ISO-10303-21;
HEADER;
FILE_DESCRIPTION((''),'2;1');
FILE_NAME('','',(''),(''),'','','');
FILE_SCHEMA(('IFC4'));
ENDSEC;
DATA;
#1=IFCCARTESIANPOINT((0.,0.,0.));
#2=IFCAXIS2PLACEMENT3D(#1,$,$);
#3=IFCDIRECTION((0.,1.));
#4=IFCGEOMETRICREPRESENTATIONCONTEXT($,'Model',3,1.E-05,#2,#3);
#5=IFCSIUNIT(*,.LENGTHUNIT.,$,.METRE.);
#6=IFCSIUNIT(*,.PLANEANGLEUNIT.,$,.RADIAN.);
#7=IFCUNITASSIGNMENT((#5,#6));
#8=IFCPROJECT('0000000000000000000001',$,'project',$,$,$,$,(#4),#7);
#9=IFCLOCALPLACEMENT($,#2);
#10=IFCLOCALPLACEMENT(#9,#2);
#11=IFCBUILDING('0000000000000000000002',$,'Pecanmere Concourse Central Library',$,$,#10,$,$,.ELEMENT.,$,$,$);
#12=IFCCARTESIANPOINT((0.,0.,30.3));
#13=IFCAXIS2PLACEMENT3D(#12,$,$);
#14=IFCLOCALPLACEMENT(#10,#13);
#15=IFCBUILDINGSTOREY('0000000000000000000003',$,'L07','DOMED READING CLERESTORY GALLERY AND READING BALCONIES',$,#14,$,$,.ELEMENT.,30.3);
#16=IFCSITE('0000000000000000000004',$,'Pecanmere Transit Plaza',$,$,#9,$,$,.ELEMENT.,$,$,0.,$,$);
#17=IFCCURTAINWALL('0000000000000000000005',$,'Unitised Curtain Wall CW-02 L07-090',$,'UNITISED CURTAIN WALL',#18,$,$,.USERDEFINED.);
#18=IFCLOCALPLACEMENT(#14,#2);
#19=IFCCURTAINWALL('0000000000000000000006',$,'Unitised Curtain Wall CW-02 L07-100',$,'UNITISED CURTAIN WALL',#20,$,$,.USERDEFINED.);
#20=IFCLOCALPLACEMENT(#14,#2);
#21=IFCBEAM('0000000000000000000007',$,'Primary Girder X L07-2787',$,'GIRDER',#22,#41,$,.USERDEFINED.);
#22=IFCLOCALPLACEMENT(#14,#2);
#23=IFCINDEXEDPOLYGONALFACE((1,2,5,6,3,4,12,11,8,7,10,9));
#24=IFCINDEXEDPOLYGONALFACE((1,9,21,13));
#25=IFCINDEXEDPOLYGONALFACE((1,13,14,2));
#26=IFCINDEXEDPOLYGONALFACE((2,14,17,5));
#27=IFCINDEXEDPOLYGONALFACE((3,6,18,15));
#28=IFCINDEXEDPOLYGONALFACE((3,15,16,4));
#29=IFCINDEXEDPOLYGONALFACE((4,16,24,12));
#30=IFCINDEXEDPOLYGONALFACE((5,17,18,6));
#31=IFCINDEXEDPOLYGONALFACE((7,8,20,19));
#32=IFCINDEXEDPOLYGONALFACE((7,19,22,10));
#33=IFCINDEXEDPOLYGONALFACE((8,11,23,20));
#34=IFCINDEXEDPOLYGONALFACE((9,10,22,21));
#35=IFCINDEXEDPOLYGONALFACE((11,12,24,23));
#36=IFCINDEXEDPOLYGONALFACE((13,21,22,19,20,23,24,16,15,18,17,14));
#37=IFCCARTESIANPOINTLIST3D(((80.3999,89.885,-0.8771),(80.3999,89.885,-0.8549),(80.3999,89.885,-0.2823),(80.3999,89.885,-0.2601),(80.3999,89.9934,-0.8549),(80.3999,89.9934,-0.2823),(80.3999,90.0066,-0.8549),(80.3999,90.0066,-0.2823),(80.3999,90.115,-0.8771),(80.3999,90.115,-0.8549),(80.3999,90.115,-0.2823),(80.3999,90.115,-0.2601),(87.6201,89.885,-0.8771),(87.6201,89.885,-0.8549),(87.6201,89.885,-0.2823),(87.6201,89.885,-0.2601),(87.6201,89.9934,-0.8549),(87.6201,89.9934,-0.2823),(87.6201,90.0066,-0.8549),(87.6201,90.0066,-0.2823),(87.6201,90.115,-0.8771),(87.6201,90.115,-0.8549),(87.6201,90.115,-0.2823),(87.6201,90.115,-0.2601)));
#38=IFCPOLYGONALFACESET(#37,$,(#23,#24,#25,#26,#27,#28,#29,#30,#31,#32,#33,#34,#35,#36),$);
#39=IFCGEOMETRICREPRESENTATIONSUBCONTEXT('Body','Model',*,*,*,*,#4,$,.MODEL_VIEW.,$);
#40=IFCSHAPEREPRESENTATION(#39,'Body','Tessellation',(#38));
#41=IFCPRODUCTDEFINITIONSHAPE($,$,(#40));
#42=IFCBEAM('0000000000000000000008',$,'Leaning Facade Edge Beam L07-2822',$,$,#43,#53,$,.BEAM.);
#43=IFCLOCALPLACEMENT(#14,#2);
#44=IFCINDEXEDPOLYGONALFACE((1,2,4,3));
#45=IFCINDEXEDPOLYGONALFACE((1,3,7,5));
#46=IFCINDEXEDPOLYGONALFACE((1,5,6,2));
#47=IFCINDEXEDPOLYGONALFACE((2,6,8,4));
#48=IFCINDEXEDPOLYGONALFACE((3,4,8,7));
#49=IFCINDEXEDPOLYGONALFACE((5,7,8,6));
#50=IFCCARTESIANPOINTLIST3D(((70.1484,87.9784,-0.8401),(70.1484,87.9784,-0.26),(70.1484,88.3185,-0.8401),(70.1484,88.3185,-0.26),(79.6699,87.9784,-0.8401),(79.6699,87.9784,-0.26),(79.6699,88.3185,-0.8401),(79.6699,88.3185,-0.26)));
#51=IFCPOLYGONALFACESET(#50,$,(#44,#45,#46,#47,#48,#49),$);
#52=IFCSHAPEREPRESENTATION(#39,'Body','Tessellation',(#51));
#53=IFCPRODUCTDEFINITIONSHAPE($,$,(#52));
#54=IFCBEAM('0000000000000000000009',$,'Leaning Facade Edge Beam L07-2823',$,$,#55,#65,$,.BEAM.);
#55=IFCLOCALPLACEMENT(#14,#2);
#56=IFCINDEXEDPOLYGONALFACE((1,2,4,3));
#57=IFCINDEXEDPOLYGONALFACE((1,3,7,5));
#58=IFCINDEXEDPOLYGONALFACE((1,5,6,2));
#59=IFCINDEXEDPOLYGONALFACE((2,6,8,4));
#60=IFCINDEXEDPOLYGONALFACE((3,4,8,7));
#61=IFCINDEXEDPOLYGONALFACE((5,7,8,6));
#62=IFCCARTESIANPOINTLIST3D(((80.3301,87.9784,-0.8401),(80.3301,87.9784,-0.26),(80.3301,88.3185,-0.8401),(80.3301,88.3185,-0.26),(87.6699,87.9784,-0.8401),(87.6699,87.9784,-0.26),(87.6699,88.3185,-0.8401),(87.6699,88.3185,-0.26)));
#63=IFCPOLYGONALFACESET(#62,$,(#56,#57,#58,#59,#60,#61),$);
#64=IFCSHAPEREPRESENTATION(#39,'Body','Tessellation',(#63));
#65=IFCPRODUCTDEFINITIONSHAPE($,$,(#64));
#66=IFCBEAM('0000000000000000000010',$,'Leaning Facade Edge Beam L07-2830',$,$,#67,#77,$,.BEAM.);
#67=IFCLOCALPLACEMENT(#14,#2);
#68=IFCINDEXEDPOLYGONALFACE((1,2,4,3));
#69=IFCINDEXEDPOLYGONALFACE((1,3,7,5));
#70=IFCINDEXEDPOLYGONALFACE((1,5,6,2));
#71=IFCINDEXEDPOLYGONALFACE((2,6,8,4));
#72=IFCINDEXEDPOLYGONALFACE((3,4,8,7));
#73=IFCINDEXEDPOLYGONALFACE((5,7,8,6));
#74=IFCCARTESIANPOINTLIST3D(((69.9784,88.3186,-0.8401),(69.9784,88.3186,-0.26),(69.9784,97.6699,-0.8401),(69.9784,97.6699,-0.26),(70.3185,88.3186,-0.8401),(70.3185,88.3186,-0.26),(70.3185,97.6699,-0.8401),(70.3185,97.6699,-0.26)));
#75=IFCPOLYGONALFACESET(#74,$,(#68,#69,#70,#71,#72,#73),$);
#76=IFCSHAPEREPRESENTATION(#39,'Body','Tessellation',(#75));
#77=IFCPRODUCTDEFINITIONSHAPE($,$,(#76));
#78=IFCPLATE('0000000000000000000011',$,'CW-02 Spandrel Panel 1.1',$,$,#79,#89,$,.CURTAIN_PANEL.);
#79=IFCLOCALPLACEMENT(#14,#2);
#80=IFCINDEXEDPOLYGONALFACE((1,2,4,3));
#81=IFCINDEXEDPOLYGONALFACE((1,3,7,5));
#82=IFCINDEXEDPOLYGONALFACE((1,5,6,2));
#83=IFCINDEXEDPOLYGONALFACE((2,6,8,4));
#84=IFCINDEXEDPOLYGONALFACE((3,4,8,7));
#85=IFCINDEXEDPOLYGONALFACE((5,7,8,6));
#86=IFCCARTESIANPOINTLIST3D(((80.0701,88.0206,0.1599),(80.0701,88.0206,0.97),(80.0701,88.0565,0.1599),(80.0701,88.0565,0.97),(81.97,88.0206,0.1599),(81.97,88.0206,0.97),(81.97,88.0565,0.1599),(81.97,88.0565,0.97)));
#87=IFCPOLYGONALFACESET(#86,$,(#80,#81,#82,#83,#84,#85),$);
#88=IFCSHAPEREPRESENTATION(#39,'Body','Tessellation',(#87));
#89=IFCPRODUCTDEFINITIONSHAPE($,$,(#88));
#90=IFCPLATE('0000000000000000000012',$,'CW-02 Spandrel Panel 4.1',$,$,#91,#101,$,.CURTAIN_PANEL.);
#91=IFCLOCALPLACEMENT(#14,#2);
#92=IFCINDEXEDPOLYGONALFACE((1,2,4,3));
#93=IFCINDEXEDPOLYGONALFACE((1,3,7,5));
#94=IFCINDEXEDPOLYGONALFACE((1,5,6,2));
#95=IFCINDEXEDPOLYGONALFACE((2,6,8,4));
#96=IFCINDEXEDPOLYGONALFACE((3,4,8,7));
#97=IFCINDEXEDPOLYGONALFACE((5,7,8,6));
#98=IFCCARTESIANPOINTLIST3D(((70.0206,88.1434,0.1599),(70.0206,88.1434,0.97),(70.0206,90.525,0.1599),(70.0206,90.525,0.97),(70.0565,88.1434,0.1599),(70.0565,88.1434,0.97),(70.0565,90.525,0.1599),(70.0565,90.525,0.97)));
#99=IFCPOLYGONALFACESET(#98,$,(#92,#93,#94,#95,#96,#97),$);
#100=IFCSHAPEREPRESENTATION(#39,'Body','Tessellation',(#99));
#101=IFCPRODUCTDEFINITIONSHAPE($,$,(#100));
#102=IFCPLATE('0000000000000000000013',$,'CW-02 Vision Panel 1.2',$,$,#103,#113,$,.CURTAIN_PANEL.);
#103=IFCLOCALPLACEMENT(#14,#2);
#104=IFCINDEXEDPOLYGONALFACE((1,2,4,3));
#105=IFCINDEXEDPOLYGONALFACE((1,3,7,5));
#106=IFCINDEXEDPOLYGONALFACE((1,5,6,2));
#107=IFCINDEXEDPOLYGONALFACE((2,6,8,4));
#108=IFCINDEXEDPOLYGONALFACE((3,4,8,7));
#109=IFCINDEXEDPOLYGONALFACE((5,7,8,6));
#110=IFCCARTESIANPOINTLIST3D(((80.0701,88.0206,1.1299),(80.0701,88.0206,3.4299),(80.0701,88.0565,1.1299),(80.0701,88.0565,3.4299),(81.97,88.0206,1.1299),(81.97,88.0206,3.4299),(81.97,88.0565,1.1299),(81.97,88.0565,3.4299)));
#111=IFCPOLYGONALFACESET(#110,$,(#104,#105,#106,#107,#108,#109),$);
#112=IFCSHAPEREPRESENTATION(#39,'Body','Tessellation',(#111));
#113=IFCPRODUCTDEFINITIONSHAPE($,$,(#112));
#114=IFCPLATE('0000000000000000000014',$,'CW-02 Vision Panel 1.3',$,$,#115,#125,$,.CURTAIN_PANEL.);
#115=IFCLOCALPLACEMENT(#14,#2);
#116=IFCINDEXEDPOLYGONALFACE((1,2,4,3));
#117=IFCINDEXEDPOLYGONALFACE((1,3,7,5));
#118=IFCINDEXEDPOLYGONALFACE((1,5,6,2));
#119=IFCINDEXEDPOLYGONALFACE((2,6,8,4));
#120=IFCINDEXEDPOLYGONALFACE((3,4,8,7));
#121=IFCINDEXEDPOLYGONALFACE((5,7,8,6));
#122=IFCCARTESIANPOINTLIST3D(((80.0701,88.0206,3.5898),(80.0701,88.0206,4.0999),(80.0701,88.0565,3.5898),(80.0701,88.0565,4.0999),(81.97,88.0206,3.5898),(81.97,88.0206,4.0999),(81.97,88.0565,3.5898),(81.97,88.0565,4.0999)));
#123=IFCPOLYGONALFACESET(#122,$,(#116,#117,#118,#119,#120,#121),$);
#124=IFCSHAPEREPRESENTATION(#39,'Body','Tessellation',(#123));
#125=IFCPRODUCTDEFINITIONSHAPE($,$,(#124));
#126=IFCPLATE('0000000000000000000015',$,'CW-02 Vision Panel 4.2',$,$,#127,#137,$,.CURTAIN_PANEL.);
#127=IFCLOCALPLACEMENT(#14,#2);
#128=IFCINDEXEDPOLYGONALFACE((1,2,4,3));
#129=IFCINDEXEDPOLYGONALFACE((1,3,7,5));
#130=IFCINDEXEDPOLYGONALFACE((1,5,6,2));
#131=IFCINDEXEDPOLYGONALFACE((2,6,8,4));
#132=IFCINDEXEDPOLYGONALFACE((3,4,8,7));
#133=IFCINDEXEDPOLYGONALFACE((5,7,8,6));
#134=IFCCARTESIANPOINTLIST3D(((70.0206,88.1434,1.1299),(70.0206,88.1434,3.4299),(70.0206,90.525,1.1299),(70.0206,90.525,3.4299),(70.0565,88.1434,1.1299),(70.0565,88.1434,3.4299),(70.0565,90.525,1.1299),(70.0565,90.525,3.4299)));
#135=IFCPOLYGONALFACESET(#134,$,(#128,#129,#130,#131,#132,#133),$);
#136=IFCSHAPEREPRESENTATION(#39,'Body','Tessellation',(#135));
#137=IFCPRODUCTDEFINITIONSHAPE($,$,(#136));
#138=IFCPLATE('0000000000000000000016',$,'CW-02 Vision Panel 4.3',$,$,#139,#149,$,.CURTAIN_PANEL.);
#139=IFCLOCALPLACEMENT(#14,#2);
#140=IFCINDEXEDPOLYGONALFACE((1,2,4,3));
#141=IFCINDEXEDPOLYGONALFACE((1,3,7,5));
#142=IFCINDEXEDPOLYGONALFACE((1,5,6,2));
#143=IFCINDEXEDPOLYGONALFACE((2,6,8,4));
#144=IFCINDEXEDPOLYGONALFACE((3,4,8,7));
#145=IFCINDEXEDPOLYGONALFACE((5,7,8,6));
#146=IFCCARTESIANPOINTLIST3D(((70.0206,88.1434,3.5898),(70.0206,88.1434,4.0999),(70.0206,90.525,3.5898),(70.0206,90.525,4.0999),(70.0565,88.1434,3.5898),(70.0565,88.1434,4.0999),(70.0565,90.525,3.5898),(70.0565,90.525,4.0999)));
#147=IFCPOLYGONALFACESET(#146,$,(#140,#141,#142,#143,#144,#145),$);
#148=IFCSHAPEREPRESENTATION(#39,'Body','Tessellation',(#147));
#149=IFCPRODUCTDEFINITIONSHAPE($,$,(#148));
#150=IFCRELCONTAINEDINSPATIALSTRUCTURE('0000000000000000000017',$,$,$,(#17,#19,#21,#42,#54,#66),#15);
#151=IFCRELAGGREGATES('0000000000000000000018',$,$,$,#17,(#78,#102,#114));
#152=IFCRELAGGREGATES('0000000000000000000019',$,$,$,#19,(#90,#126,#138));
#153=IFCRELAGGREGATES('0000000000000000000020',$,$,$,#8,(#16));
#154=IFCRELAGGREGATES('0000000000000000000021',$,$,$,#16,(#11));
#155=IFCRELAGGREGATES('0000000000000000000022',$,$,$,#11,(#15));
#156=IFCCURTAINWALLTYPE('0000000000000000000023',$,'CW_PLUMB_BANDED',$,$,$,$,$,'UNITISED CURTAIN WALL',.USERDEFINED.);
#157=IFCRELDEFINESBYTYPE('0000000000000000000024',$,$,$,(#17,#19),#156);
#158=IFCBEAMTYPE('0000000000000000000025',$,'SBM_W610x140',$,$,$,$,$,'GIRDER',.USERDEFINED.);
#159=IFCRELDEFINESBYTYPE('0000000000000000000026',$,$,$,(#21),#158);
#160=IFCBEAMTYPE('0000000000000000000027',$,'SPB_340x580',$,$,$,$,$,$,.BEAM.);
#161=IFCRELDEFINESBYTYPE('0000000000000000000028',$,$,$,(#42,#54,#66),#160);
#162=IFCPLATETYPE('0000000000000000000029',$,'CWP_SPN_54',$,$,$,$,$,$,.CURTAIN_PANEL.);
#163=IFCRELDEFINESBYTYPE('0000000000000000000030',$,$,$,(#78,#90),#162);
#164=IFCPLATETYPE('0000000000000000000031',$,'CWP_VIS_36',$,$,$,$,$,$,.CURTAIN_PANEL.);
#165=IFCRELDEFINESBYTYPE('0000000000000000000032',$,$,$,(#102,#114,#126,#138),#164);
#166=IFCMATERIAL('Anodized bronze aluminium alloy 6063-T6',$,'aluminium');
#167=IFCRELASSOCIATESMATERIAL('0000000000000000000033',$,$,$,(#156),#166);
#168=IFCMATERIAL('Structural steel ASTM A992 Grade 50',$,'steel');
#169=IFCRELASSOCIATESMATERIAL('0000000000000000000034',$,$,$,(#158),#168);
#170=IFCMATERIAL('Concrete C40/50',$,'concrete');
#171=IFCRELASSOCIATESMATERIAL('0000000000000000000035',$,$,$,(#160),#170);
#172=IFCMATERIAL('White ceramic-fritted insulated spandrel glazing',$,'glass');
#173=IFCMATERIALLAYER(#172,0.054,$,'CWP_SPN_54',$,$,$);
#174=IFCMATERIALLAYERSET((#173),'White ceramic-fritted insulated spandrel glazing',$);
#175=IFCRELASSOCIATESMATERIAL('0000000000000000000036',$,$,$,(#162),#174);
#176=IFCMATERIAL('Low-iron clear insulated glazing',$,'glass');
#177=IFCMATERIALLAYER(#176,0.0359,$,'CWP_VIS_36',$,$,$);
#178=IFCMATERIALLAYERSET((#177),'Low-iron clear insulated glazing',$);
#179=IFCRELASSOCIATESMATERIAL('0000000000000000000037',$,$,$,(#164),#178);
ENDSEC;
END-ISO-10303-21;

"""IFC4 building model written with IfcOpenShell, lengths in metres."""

from ifc_helpers import new_model, si_unit, direction, frame, origin, origin_2d, place, context, subcontext, project, spatial, rectangle, i_section, extrude, material, layer, layer_set, material_profile, profile_set, type_object, element, aggregate, save


model = new_model("IFC4")

# Units and contexts
model_context = context("Model", 3, precision=1e-05, world=origin(), true_north=direction((0.0, 1.0)))
body_context = subcontext(model_context, "Body", "Model", "MODEL_VIEW")
ifc_project = project(units=[si_unit("LENGTHUNIT", "METRE"), si_unit("PLANEANGLEUNIT", "RADIAN")], contexts=[model_context])

# Site, building, storey
site_placement = place(None, origin())
site = spatial("IfcSite", under=ifc_project, at=site_placement, Name="Pecanmere Transit Plaza", CompositionType="ELEMENT", RefElevation=0.0)
building_placement = place(site_placement, origin())
building = spatial("IfcBuilding", under=site, at=building_placement, Name="Pecanmere Concourse Central Library", CompositionType="ELEMENT")
storey_placement = place(building_placement, frame((0.0, 0.0, 30.3)))
storey = spatial("IfcBuildingStorey", under=building, at=storey_placement, Name="L07", Description="DOMED READING CLERESTORY GALLERY AND READING BALCONIES", CompositionType="ELEMENT", Elevation=30.3)

# Curtain walls
ifc_material_1 = material(Name="Anodized bronze aluminium alloy 6063-T6", Category="aluminium")
curtain_wall_type = type_object("IfcCurtainWallType", Name="CW_PLUMB_BANDED", ElementType="UNITISED CURTAIN WALL", PredefinedType="USERDEFINED", material=ifc_material_1)
curtain_wall_1_placement = place(storey_placement, origin())
curtain_wall_1 = element("IfcCurtainWall", 1, at=curtain_wall_1_placement, inside=storey, type_object=curtain_wall_type, Name="Unitised Curtain Wall CW-02 L07-090", ObjectType="UNITISED CURTAIN WALL", PredefinedType="USERDEFINED")
curtain_wall_2_placement = place(storey_placement, origin())
curtain_wall_2 = element("IfcCurtainWall", 2, at=curtain_wall_2_placement, inside=storey, type_object=curtain_wall_type, Name="Unitised Curtain Wall CW-02 L07-100", ObjectType="UNITISED CURTAIN WALL", PredefinedType="USERDEFINED")

# Beams
ifc_material_2 = material(Name="Structural steel ASTM A992 Grade 50", Category="steel")
ifc_material_profile_1 = material_profile(ifc_material_2, i_section(OverallWidth=0.23, OverallDepth=0.6169, WebThickness=0.0132, FlangeThickness=0.0222, at=origin_2d()), Name="W610x140")
ifc_profile_set_1 = profile_set([ifc_material_profile_1], Name="Structural steel ASTM A992 Grade 50")
beam_type_1 = type_object("IfcBeamType", Name="SBM_W610x140", ElementType="GIRDER", PredefinedType="USERDEFINED", material=ifc_profile_set_1)
for number, where, z_axis, x_axis, name in (
    (3, (80.3999, 90.0, -0.5686), (1.0, 0.0, 0.0), (0.0, 1.0, 0.0), "Primary Girder X L07-2787"),
):
    element("IfcBeam", number, at=place(storey_placement, frame(where, z_axis=z_axis, x_axis=x_axis)), inside=storey, type_object=beam_type_1, Name=name, ObjectType="GIRDER", PredefinedType="USERDEFINED", context=body_context, shape_type="SweptSolid", body=[
        extrude(i_section(OverallWidth=0.23, OverallDepth=0.6169, WebThickness=0.0132, FlangeThickness=0.0222, at=origin_2d()), origin(), (0.0, 0.0, 1.0), 7.2202),
    ])
ifc_material_3 = material(Name="Concrete C40/50", Category="concrete")
ifc_material_profile_2 = material_profile(ifc_material_3, rectangle(XDim=0.3401, YDim=0.5801, at=origin_2d()), Name="RC 340x580")
ifc_profile_set_2 = profile_set([ifc_material_profile_2], Name="Concrete C40/50")
beam_type_2 = type_object("IfcBeamType", Name="SPB_340x580", PredefinedType="BEAM", material=ifc_profile_set_2)
beam_1_placement = place(storey_placement, frame((70.1484, 88.1484, -0.55), z_axis=(1.0, 0.0, 0.0), x_axis=(0.0, 1.0, 0.0)))
element("IfcBeam", 4, at=beam_1_placement, inside=storey, type_object=beam_type_2, Name="Leaning Facade Edge Beam L07-2822", PredefinedType="BEAM", context=body_context, shape_type="SweptSolid", body=[
    extrude(rectangle(XDim=0.3401, YDim=0.5801, at=origin_2d()), origin(), (0.0, 0.0, 1.0), 9.5215),
])
beam_2_placement = place(storey_placement, frame((80.3301, 88.1484, -0.55), z_axis=(1.0, 0.0, 0.0), x_axis=(0.0, 1.0, 0.0)))
element("IfcBeam", 5, at=beam_2_placement, inside=storey, type_object=beam_type_2, Name="Leaning Facade Edge Beam L07-2823", PredefinedType="BEAM", context=body_context, shape_type="SweptSolid", body=[
    extrude(rectangle(XDim=0.3401, YDim=0.5801, at=origin_2d()), origin(), (0.0, 0.0, 1.0), 7.3398),
])
beam_3_placement = place(storey_placement, frame((70.1484, 88.3186, -0.55), z_axis=(0.0, 1.0, 0.0), x_axis=(-1.0, 0.0, 0.0)))
element("IfcBeam", 6, at=beam_3_placement, inside=storey, type_object=beam_type_2, Name="Leaning Facade Edge Beam L07-2830", PredefinedType="BEAM", context=body_context, shape_type="SweptSolid", body=[
    extrude(rectangle(XDim=0.3401, YDim=0.5801, at=origin_2d()), origin(), (0.0, 0.0, 1.0), 9.3513),
])

# Plates
ifc_material_4 = material(Name="White ceramic-fritted insulated spandrel glazing", Category="glass")
ifc_layer_1 = layer(ifc_material_4, 0.054, Name="CWP_SPN_54")
ifc_layer_set_1 = layer_set([ifc_layer_1], Name="White ceramic-fritted insulated spandrel glazing")
plate_type_1 = type_object("IfcPlateType", Name="CWP_SPN_54", PredefinedType="CURTAIN_PANEL", material=ifc_layer_set_1)
plate_1_placement = place(storey_placement, frame((81.02, 88.0386, 0.1599), z_axis=(0.0, 0.0, 1.0), x_axis=(1.0, 0.0, 0.0)))
plate_1 = element("IfcPlate", 7, at=plate_1_placement, type_object=plate_type_1, Name="CW-02 Spandrel Panel 1.1", PredefinedType="CURTAIN_PANEL", context=body_context, shape_type="SweptSolid", body=[
    extrude(rectangle(XDim=1.8999, YDim=0.0359, at=origin_2d()), origin(), (0.0, 0.0, 1.0), 0.8101),
])
plate_2_placement = place(storey_placement, frame((70.0386, 89.3342, 0.1599), z_axis=(0.0, 0.0, 1.0), x_axis=(0.0, -1.0, 0.0)))
plate_2 = element("IfcPlate", 8, at=plate_2_placement, type_object=plate_type_1, Name="CW-02 Spandrel Panel 4.1", PredefinedType="CURTAIN_PANEL", context=body_context, shape_type="SweptSolid", body=[
    extrude(rectangle(XDim=2.3816, YDim=0.0359, at=origin_2d()), origin(), (0.0, 0.0, 1.0), 0.8101),
])
ifc_material_5 = material(Name="Low-iron clear insulated glazing", Category="glass")
ifc_layer_2 = layer(ifc_material_5, 0.0359, Name="CWP_VIS_36")
ifc_layer_set_2 = layer_set([ifc_layer_2], Name="Low-iron clear insulated glazing")
plate_type_2 = type_object("IfcPlateType", Name="CWP_VIS_36", PredefinedType="CURTAIN_PANEL", material=ifc_layer_set_2)
plate_3_placement = place(storey_placement, frame((81.02, 88.0386, 1.1299), z_axis=(0.0, 0.0, 1.0), x_axis=(1.0, 0.0, 0.0)))
plate_3 = element("IfcPlate", 9, at=plate_3_placement, type_object=plate_type_2, Name="CW-02 Vision Panel 1.2", PredefinedType="CURTAIN_PANEL", context=body_context, shape_type="SweptSolid", body=[
    extrude(rectangle(XDim=1.8999, YDim=0.0359, at=origin_2d()), origin(), (0.0, 0.0, 1.0), 2.3),
])
plate_4_placement = place(storey_placement, frame((81.02, 88.0386, 3.5898), z_axis=(0.0, 0.0, 1.0), x_axis=(1.0, 0.0, 0.0)))
plate_4 = element("IfcPlate", 10, at=plate_4_placement, type_object=plate_type_2, Name="CW-02 Vision Panel 1.3", PredefinedType="CURTAIN_PANEL", context=body_context, shape_type="SweptSolid", body=[
    extrude(rectangle(XDim=1.8999, YDim=0.0359, at=origin_2d()), origin(), (0.0, 0.0, 1.0), 0.51),
])
aggregate(curtain_wall_1, [plate_1, plate_3, plate_4])
plate_5_placement = place(storey_placement, frame((70.0386, 89.3342, 1.1299), z_axis=(0.0, 0.0, 1.0), x_axis=(0.0, -1.0, 0.0)))
plate_5 = element("IfcPlate", 11, at=plate_5_placement, type_object=plate_type_2, Name="CW-02 Vision Panel 4.2", PredefinedType="CURTAIN_PANEL", context=body_context, shape_type="SweptSolid", body=[
    extrude(rectangle(XDim=2.3816, YDim=0.0359, at=origin_2d()), origin(), (0.0, 0.0, 1.0), 2.3),
])
plate_6_placement = place(storey_placement, frame((70.0386, 89.3342, 3.5898), z_axis=(0.0, 0.0, 1.0), x_axis=(0.0, -1.0, 0.0)))
plate_6 = element("IfcPlate", 12, at=plate_6_placement, type_object=plate_type_2, Name="CW-02 Vision Panel 4.3", PredefinedType="CURTAIN_PANEL", context=body_context, shape_type="SweptSolid", body=[
    extrude(rectangle(XDim=2.3816, YDim=0.0359, at=origin_2d()), origin(), (0.0, 0.0, 1.0), 0.51),
])
aggregate(curtain_wall_2, [plate_2, plate_5, plate_6])

save(model, "model.ifc")
